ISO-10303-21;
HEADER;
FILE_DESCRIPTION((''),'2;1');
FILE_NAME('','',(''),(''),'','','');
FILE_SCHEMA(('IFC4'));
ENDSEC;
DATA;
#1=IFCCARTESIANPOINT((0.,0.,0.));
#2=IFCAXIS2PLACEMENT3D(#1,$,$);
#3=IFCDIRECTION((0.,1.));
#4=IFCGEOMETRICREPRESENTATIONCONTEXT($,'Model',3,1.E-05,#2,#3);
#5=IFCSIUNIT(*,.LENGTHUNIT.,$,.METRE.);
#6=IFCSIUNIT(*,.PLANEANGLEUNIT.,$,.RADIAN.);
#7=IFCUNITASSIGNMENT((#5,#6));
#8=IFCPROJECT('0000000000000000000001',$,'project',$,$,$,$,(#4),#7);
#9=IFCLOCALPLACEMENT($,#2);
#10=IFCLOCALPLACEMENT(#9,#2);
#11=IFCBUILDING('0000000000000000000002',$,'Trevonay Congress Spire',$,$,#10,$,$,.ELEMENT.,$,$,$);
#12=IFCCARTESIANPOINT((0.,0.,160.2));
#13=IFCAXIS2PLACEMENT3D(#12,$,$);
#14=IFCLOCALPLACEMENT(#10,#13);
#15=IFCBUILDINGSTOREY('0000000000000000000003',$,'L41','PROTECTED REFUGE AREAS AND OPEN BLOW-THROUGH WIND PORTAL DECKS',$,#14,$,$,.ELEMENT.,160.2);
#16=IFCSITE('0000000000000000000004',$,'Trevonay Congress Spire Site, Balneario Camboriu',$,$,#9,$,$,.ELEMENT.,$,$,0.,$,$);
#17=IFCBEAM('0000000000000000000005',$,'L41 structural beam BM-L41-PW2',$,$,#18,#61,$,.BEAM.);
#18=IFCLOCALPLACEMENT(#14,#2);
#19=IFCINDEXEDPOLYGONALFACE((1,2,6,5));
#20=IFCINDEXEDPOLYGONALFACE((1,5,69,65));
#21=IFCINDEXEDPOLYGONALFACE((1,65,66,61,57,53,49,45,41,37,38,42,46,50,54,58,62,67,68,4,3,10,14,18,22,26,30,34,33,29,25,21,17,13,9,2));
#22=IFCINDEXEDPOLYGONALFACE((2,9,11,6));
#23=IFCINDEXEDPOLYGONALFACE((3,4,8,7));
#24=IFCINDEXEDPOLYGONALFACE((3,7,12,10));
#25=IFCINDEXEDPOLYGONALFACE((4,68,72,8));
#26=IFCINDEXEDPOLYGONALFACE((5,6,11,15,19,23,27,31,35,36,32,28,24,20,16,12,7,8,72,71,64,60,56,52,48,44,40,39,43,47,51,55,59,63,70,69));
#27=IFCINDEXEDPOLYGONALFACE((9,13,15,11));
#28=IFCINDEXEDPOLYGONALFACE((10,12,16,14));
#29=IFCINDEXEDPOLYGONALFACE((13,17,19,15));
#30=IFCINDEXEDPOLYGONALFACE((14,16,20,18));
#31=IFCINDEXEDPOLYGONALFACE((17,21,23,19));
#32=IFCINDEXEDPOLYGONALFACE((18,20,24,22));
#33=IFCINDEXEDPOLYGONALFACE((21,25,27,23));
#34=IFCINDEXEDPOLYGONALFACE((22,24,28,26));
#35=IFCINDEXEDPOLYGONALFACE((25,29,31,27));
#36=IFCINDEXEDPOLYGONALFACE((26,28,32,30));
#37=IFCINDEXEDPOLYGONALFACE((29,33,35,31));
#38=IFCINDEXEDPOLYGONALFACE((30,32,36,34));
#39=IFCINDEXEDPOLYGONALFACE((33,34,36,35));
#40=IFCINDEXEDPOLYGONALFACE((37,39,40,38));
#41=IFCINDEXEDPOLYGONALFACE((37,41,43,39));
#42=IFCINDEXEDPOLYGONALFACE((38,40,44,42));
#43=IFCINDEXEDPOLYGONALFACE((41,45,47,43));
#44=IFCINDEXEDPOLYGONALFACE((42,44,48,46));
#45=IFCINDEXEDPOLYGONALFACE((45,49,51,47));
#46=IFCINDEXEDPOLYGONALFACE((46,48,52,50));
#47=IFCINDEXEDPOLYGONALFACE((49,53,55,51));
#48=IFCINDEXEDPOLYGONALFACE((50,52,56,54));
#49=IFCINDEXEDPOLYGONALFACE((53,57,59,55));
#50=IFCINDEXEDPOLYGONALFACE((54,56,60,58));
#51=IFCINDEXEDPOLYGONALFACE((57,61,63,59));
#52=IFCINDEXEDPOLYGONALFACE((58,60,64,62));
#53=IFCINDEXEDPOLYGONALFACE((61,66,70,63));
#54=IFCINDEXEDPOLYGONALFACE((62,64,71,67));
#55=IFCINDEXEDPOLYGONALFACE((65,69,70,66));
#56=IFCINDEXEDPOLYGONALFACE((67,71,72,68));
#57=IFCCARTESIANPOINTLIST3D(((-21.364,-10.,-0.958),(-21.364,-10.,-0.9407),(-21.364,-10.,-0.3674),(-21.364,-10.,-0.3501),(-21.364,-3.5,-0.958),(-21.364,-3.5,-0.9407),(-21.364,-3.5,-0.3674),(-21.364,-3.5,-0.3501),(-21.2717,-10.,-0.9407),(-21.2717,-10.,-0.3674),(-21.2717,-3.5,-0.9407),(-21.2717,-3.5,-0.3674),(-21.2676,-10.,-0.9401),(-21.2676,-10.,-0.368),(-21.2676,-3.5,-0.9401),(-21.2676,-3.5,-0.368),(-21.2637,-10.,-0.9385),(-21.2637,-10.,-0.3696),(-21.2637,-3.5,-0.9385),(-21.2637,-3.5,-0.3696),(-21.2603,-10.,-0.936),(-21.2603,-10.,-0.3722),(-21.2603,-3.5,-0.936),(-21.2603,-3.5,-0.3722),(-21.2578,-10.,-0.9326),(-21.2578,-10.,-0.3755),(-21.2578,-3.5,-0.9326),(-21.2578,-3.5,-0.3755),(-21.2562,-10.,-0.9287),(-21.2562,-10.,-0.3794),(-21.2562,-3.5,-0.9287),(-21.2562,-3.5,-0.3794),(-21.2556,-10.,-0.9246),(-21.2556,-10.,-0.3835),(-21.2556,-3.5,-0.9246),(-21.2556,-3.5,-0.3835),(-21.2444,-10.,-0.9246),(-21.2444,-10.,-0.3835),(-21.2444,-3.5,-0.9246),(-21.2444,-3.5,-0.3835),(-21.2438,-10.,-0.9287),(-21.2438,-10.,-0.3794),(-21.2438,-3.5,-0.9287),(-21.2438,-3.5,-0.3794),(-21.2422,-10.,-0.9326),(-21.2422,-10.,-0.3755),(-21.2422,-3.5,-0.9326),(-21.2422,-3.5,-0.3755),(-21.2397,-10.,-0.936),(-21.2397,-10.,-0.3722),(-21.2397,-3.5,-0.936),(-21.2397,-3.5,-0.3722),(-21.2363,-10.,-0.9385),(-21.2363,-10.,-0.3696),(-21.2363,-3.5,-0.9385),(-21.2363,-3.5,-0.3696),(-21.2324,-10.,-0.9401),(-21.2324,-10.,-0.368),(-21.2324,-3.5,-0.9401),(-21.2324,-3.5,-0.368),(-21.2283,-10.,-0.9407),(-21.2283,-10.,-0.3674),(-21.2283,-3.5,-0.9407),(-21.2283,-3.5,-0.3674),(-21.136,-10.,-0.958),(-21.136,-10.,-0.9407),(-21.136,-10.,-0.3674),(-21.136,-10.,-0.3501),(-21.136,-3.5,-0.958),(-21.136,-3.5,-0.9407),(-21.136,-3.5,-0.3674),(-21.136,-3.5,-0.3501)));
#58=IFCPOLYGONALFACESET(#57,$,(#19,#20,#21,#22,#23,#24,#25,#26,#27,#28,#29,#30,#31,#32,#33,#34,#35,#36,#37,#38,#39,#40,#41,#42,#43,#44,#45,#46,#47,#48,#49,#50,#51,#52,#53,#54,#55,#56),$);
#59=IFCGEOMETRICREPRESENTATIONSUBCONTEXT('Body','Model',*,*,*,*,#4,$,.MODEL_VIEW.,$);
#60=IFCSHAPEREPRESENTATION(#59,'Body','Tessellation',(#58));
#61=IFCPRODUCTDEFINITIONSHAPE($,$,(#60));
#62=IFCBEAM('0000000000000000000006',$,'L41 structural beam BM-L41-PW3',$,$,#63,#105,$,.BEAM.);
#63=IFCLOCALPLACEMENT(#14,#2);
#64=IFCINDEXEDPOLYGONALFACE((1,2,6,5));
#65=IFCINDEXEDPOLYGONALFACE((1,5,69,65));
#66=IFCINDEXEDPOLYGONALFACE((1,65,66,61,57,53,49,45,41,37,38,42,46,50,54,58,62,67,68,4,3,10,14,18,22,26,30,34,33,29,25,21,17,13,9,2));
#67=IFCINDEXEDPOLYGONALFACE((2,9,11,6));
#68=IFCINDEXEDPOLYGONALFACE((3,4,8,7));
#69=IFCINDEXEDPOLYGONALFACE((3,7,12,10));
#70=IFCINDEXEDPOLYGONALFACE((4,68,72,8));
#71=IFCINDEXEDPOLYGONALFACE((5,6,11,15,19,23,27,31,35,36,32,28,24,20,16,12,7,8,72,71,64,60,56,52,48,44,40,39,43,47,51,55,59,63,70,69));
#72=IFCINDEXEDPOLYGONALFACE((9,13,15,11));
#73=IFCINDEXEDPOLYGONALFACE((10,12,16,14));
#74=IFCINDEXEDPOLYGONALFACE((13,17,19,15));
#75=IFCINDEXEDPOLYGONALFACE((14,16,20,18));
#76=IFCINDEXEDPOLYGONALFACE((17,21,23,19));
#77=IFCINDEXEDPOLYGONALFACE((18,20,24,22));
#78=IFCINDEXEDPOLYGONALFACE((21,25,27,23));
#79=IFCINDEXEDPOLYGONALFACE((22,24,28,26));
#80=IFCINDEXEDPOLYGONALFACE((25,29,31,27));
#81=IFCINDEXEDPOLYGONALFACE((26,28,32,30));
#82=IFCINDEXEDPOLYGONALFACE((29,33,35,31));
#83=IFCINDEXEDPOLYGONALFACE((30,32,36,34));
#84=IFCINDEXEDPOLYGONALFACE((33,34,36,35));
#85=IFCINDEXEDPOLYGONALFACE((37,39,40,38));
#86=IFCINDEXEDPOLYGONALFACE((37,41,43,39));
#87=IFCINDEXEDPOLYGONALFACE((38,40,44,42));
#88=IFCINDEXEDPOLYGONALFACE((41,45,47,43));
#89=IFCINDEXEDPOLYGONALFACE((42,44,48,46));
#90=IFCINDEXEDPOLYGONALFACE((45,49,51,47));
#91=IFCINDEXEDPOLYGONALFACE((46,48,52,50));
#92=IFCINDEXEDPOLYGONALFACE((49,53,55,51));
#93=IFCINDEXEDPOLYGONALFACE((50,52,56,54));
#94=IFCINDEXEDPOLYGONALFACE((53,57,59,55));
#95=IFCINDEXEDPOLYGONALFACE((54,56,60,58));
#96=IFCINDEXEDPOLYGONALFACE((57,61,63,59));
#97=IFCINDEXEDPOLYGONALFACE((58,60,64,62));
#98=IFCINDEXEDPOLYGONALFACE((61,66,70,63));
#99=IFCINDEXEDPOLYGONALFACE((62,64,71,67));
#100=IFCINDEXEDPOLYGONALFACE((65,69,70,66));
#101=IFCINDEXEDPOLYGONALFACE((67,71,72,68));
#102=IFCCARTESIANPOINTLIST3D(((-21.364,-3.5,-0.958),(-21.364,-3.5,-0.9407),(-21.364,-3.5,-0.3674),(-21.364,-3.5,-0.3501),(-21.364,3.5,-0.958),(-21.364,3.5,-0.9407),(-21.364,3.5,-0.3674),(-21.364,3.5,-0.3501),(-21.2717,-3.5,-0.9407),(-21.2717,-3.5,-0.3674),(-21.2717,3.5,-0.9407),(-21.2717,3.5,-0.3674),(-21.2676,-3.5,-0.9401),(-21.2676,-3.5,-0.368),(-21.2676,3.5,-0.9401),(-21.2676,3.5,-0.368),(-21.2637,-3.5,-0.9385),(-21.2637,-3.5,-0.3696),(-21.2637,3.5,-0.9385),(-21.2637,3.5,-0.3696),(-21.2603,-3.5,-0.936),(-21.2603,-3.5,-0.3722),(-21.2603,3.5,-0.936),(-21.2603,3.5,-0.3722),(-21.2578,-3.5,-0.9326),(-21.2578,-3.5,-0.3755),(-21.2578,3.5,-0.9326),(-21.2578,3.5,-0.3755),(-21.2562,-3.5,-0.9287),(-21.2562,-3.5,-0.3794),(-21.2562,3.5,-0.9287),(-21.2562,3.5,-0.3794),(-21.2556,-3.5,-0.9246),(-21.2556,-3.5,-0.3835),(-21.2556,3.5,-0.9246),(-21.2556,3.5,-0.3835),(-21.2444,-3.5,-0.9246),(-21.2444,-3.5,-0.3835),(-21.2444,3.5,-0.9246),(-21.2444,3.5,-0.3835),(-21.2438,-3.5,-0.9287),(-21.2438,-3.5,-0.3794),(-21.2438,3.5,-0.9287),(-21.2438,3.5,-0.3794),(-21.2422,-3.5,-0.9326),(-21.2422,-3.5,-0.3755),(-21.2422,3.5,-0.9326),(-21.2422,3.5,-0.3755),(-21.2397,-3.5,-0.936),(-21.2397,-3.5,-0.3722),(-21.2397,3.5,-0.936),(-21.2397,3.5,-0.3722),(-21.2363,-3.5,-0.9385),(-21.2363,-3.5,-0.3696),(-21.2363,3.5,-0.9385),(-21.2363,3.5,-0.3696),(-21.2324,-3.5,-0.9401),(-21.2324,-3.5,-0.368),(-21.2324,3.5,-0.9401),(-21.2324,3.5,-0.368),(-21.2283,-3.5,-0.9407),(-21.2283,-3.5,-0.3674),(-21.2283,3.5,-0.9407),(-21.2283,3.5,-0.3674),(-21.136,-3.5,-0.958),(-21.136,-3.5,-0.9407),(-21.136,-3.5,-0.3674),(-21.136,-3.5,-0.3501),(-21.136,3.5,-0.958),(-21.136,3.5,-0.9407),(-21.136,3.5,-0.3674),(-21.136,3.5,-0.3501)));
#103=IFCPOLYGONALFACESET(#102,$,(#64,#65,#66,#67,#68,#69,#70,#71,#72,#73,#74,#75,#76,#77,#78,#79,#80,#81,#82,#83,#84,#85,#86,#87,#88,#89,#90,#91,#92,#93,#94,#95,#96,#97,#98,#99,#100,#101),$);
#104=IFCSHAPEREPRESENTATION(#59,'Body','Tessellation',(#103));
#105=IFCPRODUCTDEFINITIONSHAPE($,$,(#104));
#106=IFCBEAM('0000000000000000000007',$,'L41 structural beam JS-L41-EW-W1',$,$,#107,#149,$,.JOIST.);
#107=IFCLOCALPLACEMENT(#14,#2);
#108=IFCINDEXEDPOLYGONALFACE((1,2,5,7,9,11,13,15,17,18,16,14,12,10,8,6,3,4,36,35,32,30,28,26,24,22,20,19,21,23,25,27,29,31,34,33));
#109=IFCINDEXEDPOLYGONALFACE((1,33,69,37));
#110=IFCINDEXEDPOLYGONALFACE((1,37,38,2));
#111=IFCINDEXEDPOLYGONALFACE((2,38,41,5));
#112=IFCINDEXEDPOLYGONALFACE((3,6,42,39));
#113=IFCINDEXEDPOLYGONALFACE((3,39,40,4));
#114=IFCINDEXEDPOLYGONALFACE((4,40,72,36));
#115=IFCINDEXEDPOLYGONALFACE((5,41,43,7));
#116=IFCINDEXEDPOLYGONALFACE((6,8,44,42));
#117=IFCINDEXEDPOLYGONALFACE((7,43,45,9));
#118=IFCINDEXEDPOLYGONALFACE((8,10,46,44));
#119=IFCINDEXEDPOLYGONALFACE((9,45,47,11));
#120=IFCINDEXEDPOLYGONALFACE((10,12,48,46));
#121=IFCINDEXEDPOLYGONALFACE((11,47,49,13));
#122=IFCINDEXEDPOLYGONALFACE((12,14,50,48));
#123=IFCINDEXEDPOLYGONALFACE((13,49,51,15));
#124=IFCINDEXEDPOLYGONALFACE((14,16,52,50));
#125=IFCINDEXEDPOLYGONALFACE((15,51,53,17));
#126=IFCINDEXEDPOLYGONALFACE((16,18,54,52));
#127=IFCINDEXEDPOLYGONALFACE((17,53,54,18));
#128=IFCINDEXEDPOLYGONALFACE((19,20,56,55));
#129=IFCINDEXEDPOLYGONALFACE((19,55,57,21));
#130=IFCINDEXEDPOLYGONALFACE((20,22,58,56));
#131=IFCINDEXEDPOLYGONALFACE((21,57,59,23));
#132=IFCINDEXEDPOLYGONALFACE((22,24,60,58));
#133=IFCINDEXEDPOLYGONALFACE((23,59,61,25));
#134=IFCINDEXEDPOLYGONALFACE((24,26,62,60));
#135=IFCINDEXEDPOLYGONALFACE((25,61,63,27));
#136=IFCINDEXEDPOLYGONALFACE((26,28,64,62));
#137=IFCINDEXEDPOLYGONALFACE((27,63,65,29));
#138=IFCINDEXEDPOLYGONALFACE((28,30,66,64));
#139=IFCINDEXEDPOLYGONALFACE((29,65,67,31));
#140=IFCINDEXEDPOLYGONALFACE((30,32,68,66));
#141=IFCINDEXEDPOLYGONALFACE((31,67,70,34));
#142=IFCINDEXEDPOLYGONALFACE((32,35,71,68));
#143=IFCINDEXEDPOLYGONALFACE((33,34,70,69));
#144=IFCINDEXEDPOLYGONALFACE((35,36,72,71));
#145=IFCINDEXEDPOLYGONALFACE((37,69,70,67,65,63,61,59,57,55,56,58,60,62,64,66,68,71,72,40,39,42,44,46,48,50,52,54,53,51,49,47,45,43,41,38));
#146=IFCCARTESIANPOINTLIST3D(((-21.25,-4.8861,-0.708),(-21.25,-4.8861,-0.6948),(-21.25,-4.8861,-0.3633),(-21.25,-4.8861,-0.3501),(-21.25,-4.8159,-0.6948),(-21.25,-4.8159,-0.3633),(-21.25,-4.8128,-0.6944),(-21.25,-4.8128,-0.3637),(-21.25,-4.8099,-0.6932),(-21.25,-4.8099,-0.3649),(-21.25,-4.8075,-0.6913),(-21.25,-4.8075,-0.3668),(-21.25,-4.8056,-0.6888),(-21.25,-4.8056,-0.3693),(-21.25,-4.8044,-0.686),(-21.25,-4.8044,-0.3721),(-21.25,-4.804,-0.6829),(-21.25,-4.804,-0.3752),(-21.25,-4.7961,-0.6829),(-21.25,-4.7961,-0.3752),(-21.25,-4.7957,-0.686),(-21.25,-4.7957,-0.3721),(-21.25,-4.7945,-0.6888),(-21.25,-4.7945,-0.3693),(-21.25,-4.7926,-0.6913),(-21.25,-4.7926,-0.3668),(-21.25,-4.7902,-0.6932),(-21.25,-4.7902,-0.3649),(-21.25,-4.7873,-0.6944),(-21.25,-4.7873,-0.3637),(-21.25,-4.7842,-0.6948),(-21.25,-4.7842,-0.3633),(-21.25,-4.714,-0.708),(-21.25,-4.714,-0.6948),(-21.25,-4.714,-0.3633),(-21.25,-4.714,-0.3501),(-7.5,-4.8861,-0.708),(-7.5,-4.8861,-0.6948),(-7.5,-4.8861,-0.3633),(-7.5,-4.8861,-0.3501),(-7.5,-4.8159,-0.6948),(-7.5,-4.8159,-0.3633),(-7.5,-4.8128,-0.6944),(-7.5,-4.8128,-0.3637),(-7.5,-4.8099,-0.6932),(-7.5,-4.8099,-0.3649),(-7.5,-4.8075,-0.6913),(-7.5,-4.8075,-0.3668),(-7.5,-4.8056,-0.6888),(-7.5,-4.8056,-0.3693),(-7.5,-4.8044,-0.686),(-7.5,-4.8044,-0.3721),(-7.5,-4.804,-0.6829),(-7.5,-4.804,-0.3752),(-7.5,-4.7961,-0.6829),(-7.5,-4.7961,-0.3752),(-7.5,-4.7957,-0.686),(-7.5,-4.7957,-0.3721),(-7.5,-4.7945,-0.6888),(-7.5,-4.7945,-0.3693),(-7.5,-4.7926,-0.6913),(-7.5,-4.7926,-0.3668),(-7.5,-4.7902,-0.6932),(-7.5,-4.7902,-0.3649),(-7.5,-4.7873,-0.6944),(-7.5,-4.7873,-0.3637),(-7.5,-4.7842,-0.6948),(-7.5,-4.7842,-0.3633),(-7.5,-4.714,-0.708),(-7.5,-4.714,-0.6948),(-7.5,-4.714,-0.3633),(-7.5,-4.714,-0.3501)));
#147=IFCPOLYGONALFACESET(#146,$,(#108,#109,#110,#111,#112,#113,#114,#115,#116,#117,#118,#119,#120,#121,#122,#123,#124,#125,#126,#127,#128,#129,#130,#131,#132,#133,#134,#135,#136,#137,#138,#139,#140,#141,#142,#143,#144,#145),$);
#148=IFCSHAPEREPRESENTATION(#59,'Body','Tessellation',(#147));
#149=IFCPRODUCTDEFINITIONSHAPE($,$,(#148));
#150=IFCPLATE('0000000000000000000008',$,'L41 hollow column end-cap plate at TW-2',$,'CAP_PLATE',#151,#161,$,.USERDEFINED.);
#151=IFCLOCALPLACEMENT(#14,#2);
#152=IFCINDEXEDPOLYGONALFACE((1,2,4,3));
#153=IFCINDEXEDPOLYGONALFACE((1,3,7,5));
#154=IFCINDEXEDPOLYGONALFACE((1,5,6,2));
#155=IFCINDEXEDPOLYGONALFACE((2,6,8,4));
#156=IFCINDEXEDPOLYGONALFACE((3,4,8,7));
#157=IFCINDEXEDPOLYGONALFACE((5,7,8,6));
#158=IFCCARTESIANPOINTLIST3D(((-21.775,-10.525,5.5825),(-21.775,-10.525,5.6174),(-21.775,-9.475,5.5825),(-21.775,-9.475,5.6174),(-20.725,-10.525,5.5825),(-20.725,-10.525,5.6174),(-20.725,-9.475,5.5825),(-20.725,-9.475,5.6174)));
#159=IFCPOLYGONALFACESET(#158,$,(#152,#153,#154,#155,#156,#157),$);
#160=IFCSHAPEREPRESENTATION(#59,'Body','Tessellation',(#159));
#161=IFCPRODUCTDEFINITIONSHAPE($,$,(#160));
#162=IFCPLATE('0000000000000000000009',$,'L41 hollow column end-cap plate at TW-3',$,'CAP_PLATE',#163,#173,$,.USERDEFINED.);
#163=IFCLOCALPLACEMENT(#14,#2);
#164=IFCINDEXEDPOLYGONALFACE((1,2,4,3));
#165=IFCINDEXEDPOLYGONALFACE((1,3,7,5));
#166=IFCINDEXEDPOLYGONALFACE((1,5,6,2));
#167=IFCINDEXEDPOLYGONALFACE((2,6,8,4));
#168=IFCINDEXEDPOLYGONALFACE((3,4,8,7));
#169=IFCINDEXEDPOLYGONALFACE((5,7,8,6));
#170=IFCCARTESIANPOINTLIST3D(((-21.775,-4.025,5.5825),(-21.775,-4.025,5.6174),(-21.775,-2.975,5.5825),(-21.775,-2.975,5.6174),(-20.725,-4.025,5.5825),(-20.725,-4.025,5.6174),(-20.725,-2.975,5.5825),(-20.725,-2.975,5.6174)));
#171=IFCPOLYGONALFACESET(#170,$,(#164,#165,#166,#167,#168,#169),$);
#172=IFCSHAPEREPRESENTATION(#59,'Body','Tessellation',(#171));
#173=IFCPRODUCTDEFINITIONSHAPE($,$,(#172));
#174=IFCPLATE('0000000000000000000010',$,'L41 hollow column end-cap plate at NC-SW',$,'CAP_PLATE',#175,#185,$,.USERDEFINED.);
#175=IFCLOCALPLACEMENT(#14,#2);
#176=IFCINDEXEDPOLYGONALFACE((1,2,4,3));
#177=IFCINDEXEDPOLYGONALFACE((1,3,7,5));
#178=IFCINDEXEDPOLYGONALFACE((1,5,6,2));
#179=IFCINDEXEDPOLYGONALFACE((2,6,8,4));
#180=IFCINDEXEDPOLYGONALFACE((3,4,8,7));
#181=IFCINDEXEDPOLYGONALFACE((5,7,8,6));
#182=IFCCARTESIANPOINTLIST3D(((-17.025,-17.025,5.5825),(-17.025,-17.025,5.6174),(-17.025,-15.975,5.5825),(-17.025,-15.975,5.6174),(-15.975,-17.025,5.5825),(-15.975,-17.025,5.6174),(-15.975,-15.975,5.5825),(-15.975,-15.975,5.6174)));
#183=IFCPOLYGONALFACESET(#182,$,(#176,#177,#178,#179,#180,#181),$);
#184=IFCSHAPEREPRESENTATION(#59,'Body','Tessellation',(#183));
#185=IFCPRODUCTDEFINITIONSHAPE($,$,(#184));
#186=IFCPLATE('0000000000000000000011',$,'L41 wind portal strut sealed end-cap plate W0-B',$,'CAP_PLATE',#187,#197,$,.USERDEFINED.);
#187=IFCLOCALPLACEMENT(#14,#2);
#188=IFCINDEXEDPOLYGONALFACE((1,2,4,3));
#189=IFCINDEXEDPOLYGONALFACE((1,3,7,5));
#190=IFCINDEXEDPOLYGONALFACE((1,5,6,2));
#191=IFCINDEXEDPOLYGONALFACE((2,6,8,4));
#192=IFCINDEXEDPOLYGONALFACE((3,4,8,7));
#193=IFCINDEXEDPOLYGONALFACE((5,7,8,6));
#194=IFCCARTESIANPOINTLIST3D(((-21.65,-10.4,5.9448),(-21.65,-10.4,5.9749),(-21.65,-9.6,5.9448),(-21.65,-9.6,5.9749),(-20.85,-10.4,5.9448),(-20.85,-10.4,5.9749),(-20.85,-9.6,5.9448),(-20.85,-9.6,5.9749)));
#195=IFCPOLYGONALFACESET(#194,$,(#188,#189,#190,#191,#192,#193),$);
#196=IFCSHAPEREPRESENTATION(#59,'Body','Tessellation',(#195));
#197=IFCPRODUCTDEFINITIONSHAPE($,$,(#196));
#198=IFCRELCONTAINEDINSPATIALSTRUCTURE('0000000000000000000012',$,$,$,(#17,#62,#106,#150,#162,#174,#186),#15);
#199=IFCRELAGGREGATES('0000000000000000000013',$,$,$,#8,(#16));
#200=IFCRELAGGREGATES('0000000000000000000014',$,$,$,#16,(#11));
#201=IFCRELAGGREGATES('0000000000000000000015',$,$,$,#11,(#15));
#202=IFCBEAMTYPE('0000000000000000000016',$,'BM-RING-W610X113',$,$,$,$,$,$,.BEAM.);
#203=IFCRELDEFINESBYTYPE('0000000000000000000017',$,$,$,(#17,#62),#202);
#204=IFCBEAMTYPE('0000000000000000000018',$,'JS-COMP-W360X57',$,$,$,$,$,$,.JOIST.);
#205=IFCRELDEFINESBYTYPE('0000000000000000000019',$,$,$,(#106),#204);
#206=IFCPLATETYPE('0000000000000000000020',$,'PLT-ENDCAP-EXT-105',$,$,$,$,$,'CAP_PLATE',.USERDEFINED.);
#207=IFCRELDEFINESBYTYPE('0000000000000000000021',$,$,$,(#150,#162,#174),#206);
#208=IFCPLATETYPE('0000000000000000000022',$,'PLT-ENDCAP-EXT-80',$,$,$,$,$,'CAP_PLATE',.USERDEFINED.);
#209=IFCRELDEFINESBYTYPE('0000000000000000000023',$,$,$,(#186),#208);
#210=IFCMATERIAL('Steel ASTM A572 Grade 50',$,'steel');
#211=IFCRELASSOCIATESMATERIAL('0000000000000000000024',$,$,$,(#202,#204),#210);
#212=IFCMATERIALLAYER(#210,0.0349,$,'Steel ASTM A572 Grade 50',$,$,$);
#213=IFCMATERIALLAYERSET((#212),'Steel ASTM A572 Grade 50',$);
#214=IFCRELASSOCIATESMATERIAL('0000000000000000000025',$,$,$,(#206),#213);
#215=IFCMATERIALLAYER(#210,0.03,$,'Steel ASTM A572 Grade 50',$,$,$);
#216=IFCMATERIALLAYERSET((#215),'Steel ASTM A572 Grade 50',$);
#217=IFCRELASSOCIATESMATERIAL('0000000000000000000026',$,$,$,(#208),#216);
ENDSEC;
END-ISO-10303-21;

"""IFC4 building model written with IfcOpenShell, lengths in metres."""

from ifc_helpers import new_model, si_unit, direction, frame, origin, origin_2d, place, context, subcontext, project, spatial, rectangle, i_section, extrude, material, layer, layer_set, material_profile, profile_set, type_object, element, save


model = new_model("IFC4")

# Units and contexts
model_context = context("Model", 3, precision=1e-05, world=origin(), true_north=direction((0.0, 1.0)))
body_context = subcontext(model_context, "Body", "Model", "MODEL_VIEW")
ifc_project = project(units=[si_unit("LENGTHUNIT", "METRE"), si_unit("PLANEANGLEUNIT", "RADIAN")], contexts=[model_context])

# Site, building, storey
site_placement = place(None, origin())
site = spatial("IfcSite", under=ifc_project, at=site_placement, Name="Trevonay Congress Spire Site, Balneario Camboriu", CompositionType="ELEMENT", RefElevation=0.0)
building_placement = place(site_placement, origin())
building = spatial("IfcBuilding", under=site, at=building_placement, Name="Trevonay Congress Spire", CompositionType="ELEMENT")
storey_placement = place(building_placement, frame((0.0, 0.0, 160.2)))
storey = spatial("IfcBuildingStorey", under=building, at=storey_placement, Name="L41", Description="PROTECTED REFUGE AREAS AND OPEN BLOW-THROUGH WIND PORTAL DECKS", CompositionType="ELEMENT", Elevation=160.2)

# Shared definitions
ifc_material_1 = material(Name="Steel ASTM A572 Grade 50", Category="steel")

# Beams
ifc_material_profile_1 = material_profile(ifc_material_1, i_section(OverallWidth=0.228, OverallDepth=0.6079, WebThickness=0.0112, FlangeThickness=0.0173, FilletRadius=0.0161, at=origin_2d()), Name="W610x113")
ifc_profile_set_1 = profile_set([ifc_material_profile_1], Name="Steel ASTM A572 Grade 50")
beam_type_1 = type_object("IfcBeamType", Name="BM-RING-W610X113", PredefinedType="BEAM", material=ifc_profile_set_1)
beam_1_placement = place(storey_placement, frame((-21.25, -10.0, -0.6541), z_axis=(0.0, 1.0, 0.0), x_axis=(-1.0, 0.0, 0.0)))
element("IfcBeam", 1, at=beam_1_placement, inside=storey, type_object=beam_type_1, Name="L41 structural beam BM-L41-PW2", PredefinedType="BEAM", context=body_context, shape_type="SweptSolid", body=[
    extrude(i_section(OverallWidth=0.228, OverallDepth=0.6079, WebThickness=0.0112, FlangeThickness=0.0173, FilletRadius=0.0161, at=origin_2d()), origin(), (0.0, 0.0, 1.0), 6.5),
])
beam_2_placement = place(storey_placement, frame((-21.25, -3.5, -0.6541), z_axis=(0.0, 1.0, 0.0), x_axis=(-1.0, 0.0, 0.0)))
element("IfcBeam", 2, at=beam_2_placement, inside=storey, type_object=beam_type_1, Name="L41 structural beam BM-L41-PW3", PredefinedType="BEAM", context=body_context, shape_type="SweptSolid", body=[
    extrude(i_section(OverallWidth=0.228, OverallDepth=0.6079, WebThickness=0.0112, FlangeThickness=0.0173, FilletRadius=0.0161, at=origin_2d()), origin(), (0.0, 0.0, 1.0), 7.0),
])
ifc_material_profile_2 = material_profile(ifc_material_1, i_section(OverallWidth=0.1721, OverallDepth=0.3579, WebThickness=0.0078, FlangeThickness=0.0132, FilletRadius=0.012, at=origin_2d()), Name="W360x57.8")
ifc_profile_set_2 = profile_set([ifc_material_profile_2], Name="Steel ASTM A572 Grade 50")
beam_type_2 = type_object("IfcBeamType", Name="JS-COMP-W360X57", PredefinedType="JOIST", material=ifc_profile_set_2)
beam_3_placement = place(storey_placement, frame((-21.25, -4.8, -0.5291), z_axis=(1.0, 0.0, 0.0), x_axis=(0.0, 1.0, 0.0)))
element("IfcBeam", 3, at=beam_3_placement, inside=storey, type_object=beam_type_2, Name="L41 structural beam JS-L41-EW-W1", PredefinedType="JOIST", context=body_context, shape_type="SweptSolid", body=[
    extrude(i_section(OverallWidth=0.1721, OverallDepth=0.3579, WebThickness=0.0078, FlangeThickness=0.0132, FilletRadius=0.012, at=origin_2d()), origin(), (0.0, 0.0, 1.0), 13.75),
])

# Plates
ifc_layer_1 = layer(ifc_material_1, 0.0349, Name="Steel ASTM A572 Grade 50")
ifc_layer_set_1 = layer_set([ifc_layer_1], Name="Steel ASTM A572 Grade 50")
plate_type_1 = type_object("IfcPlateType", Name="PLT-ENDCAP-EXT-105", ElementType="CAP_PLATE", PredefinedType="USERDEFINED", material=ifc_layer_set_1)
for number, where, z_axis, x_axis, name in (
    (4, (-21.25, -10.0, 5.5825), (0.0, 0.0, 1.0), (1.0, 0.0, 0.0), "L41 hollow column end-cap plate at TW-2"),
    (5, (-21.25, -3.5, 5.5825), (0.0, 0.0, 1.0), (1.0, 0.0, 0.0), "L41 hollow column end-cap plate at TW-3"),
    (6, (-16.5, -16.5, 5.5825), (0.0, 0.0, 1.0), (1.0, 0.0, 0.0), "L41 hollow column end-cap plate at NC-SW"),
):
    element("IfcPlate", number, at=place(storey_placement, frame(where, z_axis=z_axis, x_axis=x_axis)), inside=storey, type_object=plate_type_1, Name=name, ObjectType="CAP_PLATE", PredefinedType="USERDEFINED", context=body_context, shape_type="SweptSolid", body=[
        extrude(rectangle(XDim=1.05, YDim=1.05, at=origin_2d()), origin(), (0.0, 0.0, 1.0), 0.0349),
    ])
ifc_layer_2 = layer(ifc_material_1, 0.03, Name="Steel ASTM A572 Grade 50")
ifc_layer_set_2 = layer_set([ifc_layer_2], Name="Steel ASTM A572 Grade 50")
plate_type_2 = type_object("IfcPlateType", Name="PLT-ENDCAP-EXT-80", ElementType="CAP_PLATE", PredefinedType="USERDEFINED", material=ifc_layer_set_2)
plate_placement = place(storey_placement, frame((-21.25, -10.0, 5.9448), z_axis=(0.0, 0.0, 1.0), x_axis=(1.0, 0.0, 0.0)))
element("IfcPlate", 7, at=plate_placement, inside=storey, type_object=plate_type_2, Name="L41 wind portal strut sealed end-cap plate W0-B", ObjectType="CAP_PLATE", PredefinedType="USERDEFINED", context=body_context, shape_type="SweptSolid", body=[
    extrude(rectangle(XDim=0.8, YDim=0.8, at=origin_2d()), origin(), (0.0, 0.0, 1.0), 0.03),
])

save(model, "model.ifc")
